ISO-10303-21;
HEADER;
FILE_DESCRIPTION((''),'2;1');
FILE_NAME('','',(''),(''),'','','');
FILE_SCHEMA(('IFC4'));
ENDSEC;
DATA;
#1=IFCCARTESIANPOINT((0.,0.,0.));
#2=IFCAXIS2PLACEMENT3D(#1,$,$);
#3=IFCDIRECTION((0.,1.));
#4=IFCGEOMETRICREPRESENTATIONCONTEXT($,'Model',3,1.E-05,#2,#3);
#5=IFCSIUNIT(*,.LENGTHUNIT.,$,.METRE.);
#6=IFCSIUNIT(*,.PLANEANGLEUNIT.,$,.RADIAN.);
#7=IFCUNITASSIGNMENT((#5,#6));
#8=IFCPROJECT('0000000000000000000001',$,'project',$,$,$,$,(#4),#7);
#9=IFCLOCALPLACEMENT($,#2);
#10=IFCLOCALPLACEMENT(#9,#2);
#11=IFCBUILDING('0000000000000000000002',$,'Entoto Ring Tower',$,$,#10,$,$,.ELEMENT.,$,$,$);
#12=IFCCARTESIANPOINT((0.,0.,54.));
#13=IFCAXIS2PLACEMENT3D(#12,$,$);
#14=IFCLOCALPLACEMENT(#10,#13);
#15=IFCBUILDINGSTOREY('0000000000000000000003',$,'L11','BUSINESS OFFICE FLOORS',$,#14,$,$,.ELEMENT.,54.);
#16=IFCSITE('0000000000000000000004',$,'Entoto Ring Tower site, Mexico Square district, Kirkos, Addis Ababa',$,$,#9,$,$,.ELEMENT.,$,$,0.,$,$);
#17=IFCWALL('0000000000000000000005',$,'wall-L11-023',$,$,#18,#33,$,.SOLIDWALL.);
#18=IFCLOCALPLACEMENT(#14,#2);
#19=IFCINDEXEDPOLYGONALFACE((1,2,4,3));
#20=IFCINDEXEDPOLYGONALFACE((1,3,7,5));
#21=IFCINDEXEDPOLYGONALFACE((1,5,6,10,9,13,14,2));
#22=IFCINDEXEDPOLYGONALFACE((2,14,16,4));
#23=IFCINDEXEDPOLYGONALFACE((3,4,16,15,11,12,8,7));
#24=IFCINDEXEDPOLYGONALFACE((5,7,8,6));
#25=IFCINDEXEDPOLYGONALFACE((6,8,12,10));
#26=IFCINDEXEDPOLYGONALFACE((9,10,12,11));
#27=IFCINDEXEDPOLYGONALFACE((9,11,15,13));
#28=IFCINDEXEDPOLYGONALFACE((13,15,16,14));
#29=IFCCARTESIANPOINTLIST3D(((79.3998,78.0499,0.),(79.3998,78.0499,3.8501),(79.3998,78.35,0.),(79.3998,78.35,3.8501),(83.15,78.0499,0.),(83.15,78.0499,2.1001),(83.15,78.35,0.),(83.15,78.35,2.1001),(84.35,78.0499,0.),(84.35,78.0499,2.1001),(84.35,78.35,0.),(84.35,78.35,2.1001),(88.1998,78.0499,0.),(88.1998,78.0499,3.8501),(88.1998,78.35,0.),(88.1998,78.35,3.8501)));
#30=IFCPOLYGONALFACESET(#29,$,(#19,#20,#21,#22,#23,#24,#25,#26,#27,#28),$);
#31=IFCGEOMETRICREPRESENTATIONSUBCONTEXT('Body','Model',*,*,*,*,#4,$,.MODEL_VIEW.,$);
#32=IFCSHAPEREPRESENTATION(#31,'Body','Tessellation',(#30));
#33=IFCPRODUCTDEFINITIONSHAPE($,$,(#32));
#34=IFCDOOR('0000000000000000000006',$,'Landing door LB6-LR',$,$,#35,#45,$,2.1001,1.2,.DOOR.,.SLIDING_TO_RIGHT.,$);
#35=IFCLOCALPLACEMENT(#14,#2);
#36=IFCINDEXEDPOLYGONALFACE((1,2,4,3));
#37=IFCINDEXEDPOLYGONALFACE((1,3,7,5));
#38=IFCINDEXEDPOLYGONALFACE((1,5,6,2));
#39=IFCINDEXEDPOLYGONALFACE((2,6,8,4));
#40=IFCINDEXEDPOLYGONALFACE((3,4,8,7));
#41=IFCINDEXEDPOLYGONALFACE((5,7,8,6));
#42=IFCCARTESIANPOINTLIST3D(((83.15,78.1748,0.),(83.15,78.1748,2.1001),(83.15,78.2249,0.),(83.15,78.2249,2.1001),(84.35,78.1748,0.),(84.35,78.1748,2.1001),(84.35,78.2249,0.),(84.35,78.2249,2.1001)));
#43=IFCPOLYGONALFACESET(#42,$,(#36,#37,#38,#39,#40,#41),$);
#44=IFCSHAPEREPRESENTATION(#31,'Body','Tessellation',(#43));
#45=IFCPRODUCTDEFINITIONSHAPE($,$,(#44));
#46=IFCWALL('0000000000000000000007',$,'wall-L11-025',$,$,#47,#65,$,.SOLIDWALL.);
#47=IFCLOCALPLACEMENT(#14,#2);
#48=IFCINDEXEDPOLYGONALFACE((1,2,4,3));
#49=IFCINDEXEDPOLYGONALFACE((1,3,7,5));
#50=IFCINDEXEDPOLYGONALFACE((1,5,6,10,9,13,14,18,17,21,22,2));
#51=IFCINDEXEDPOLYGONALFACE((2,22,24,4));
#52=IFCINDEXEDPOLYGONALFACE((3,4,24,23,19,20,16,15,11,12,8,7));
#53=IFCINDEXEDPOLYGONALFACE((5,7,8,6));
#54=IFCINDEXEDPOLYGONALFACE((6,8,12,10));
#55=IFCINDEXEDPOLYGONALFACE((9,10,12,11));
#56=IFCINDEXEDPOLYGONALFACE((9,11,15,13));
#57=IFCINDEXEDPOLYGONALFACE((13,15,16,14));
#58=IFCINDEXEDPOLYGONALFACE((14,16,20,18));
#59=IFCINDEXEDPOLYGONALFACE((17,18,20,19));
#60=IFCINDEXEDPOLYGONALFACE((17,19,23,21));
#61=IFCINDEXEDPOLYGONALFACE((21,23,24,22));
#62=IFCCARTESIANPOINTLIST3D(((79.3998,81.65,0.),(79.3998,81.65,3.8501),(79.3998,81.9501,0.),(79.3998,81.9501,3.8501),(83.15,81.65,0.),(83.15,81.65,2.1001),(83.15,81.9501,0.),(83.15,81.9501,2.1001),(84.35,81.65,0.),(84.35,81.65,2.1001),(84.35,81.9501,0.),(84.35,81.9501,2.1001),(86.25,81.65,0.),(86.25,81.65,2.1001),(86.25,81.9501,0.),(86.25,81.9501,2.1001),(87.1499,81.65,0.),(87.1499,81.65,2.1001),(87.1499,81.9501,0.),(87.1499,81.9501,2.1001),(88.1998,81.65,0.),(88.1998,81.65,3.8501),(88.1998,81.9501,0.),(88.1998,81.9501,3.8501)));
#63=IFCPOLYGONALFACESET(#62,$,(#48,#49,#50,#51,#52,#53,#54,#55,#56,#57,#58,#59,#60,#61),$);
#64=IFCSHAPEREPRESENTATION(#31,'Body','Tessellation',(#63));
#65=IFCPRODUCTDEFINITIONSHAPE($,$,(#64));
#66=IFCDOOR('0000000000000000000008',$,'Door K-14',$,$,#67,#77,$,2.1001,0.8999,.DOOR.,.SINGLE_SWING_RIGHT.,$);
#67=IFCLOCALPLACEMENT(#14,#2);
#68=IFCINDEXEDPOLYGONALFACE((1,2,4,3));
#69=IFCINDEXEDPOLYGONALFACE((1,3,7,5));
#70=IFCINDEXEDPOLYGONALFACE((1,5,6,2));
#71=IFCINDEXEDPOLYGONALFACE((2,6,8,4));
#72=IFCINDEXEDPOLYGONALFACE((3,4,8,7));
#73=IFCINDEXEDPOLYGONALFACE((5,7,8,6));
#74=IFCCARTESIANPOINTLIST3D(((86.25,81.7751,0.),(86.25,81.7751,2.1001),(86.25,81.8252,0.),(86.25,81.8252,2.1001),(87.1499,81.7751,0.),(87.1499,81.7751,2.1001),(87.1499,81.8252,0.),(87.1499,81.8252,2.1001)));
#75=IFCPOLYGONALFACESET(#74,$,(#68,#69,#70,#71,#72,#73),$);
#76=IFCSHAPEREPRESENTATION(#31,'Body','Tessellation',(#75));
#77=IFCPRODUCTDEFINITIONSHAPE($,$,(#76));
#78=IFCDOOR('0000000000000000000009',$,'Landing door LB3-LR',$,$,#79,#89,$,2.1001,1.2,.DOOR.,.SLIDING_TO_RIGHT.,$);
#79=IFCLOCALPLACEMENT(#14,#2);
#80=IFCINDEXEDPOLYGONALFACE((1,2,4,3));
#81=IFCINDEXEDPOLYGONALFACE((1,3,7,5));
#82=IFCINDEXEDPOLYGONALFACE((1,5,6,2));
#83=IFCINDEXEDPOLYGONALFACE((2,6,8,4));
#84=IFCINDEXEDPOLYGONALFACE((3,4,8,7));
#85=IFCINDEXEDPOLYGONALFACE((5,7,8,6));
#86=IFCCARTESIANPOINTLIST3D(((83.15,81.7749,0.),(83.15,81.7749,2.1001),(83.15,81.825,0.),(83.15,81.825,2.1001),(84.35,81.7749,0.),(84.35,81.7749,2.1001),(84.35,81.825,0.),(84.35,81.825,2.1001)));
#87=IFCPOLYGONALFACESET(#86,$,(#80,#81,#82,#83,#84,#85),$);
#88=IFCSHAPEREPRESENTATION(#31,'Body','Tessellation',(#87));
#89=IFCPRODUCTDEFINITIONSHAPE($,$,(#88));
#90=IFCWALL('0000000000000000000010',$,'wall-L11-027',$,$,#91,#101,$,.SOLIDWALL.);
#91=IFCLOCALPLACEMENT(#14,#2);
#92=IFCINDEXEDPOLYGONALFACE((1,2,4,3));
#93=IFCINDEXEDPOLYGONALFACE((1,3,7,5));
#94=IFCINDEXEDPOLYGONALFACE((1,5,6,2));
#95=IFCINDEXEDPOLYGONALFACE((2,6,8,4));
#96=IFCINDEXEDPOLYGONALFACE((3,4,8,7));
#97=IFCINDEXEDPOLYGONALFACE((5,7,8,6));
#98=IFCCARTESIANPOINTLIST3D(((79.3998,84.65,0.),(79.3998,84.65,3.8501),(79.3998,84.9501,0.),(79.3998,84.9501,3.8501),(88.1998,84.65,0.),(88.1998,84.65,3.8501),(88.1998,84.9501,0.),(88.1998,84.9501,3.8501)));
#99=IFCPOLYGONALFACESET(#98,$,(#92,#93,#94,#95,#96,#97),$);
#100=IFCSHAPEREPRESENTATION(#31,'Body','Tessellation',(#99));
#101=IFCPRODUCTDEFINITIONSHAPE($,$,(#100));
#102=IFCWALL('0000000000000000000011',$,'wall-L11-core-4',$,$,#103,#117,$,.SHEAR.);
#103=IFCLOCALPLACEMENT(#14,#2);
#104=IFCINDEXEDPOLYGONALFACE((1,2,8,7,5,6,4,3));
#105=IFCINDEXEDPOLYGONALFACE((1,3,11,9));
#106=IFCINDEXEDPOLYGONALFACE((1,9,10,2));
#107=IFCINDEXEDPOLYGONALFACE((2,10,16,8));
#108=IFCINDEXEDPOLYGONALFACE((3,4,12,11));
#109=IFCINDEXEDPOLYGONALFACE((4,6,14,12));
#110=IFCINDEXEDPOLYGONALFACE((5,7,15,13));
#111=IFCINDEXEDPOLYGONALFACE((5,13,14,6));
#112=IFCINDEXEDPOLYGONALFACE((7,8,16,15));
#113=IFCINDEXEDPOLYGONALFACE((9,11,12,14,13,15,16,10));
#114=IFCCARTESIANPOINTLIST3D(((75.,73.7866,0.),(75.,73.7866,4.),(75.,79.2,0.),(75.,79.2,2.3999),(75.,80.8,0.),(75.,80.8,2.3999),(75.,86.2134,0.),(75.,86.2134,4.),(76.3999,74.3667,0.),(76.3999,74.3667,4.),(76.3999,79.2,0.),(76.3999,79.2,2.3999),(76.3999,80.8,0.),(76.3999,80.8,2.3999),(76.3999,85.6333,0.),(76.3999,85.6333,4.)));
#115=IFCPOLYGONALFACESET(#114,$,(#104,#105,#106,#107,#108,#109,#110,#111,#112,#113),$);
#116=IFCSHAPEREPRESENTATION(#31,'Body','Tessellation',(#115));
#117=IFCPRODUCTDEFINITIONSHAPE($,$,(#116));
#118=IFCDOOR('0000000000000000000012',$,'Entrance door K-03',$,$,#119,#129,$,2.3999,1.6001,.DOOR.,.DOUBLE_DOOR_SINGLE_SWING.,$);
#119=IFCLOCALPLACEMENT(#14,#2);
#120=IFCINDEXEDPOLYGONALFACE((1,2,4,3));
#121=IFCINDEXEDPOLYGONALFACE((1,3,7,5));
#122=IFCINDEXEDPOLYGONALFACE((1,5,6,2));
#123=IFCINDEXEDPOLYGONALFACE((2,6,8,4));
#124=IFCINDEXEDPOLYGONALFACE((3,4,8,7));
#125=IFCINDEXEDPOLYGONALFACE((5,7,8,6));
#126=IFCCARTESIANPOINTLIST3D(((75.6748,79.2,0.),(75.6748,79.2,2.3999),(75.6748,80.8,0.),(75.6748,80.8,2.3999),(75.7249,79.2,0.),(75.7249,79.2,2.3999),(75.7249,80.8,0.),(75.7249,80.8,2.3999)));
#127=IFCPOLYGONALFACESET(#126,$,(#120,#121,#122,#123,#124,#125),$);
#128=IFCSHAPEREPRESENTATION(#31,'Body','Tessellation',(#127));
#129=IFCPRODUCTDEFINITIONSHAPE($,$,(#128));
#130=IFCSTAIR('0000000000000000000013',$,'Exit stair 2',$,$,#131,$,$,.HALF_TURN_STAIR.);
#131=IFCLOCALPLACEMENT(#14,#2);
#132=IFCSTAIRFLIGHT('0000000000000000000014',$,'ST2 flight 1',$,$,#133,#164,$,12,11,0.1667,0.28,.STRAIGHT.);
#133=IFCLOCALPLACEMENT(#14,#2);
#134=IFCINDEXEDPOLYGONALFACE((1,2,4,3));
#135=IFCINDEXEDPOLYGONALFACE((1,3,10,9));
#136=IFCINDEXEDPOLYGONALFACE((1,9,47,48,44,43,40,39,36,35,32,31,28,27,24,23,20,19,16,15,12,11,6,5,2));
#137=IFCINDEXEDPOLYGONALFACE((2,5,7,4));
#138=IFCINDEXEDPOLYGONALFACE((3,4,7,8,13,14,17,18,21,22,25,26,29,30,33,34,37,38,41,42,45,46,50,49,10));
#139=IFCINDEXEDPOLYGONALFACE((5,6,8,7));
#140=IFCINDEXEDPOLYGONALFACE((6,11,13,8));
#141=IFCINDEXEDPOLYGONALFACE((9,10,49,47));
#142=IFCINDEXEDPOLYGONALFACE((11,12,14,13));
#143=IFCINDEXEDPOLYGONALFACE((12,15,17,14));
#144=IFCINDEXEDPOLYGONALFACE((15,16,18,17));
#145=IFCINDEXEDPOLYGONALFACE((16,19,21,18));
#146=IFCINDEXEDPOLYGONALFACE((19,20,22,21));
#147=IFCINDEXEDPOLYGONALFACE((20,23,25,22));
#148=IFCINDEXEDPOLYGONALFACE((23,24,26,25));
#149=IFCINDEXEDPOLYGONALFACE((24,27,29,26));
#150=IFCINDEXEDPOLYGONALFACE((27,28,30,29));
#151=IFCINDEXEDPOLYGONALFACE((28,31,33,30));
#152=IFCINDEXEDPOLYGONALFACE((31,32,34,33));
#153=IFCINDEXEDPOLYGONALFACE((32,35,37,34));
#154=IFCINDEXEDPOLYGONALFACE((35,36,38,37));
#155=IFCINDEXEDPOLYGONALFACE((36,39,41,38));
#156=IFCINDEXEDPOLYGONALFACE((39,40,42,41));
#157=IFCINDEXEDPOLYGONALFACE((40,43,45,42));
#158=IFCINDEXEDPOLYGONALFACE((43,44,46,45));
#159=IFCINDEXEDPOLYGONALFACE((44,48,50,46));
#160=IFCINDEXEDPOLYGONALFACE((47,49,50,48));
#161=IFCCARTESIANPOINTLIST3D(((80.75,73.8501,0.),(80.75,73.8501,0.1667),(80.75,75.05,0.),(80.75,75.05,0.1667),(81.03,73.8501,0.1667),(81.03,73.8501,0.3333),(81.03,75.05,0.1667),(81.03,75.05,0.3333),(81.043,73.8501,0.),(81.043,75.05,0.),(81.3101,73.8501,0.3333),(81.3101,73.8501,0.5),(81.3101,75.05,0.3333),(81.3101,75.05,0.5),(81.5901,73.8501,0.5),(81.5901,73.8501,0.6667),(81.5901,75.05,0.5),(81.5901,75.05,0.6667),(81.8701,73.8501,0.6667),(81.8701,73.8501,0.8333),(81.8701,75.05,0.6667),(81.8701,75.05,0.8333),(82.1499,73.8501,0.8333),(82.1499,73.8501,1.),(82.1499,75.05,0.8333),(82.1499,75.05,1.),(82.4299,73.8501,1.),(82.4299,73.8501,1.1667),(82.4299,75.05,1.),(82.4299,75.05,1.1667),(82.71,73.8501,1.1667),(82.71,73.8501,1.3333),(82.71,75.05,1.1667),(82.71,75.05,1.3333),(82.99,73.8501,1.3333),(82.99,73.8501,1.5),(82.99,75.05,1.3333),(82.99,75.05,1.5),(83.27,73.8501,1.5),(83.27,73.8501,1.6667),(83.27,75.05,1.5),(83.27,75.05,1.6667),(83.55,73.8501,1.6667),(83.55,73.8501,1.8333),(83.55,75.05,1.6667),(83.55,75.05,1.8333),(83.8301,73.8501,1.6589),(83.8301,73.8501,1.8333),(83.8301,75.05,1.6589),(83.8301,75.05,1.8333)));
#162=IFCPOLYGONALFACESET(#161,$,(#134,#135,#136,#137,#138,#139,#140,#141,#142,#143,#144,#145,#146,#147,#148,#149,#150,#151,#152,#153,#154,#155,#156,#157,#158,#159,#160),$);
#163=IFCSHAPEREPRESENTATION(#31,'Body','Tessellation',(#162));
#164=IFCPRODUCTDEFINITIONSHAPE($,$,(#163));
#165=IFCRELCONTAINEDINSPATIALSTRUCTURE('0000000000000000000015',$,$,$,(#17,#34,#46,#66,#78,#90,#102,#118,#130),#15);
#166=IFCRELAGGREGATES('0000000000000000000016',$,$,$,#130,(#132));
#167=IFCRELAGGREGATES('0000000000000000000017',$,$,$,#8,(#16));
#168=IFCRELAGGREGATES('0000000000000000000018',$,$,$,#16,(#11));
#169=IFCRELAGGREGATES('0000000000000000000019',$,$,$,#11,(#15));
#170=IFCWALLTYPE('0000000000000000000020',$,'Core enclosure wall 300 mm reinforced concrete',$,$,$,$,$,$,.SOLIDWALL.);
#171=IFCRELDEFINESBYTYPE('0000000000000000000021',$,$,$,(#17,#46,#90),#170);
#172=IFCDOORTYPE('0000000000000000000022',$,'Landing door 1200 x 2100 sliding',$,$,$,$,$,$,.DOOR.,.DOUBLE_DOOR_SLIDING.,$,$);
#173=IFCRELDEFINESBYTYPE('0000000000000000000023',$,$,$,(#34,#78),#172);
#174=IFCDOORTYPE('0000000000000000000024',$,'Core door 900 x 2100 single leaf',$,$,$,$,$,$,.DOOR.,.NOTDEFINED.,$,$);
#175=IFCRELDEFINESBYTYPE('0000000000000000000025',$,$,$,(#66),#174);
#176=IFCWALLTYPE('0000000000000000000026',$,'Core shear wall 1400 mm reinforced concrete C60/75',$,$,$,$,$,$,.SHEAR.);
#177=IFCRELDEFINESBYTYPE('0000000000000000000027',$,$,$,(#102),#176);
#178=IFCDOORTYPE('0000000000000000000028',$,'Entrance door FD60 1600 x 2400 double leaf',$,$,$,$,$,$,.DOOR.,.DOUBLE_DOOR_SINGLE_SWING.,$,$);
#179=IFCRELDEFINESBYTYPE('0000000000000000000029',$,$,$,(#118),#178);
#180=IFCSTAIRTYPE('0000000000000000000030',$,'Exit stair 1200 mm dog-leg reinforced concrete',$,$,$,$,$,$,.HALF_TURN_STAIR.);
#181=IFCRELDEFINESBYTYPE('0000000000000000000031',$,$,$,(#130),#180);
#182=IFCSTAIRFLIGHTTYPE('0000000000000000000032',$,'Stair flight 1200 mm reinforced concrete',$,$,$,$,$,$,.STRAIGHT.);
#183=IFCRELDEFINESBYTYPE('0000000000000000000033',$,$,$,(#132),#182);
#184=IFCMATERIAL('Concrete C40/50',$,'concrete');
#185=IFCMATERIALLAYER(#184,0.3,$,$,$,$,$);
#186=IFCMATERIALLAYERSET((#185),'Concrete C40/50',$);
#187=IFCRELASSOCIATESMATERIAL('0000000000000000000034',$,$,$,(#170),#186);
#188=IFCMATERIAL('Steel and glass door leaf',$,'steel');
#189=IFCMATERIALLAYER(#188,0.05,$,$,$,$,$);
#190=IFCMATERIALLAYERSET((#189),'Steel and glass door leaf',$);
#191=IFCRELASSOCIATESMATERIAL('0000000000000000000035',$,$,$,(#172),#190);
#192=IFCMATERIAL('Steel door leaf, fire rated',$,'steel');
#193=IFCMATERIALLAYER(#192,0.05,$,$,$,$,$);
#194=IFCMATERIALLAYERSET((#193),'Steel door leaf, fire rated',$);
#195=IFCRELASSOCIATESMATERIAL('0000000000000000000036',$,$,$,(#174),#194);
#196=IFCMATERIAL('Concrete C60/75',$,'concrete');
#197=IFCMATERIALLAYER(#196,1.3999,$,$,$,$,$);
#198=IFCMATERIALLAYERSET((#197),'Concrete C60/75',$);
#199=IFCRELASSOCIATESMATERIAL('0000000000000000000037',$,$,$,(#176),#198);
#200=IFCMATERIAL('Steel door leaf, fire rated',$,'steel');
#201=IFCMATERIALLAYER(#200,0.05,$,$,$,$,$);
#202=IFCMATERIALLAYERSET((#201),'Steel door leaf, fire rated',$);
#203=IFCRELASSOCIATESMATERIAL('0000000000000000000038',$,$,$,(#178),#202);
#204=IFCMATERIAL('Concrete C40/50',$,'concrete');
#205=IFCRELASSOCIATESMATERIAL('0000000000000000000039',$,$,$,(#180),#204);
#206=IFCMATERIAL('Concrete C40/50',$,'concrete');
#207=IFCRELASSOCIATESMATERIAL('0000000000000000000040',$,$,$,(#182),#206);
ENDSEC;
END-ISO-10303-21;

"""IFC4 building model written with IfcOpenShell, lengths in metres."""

from ifc_helpers import new_model, si_unit, direction, frame, frame_2d, origin, place, context, subcontext, project, spatial, polyline, rectangle, outline, extrude, material, layer, layer_set, type_object, element, fill, aggregate, save


model = new_model("IFC4")

# Units and contexts
model_context = context("Model", 3, precision=1e-05, world=origin(), true_north=direction((0.0, 1.0)))
body_context = subcontext(model_context, "Body", "Model", "MODEL_VIEW")
ifc_project = project(units=[si_unit("LENGTHUNIT", "METRE"), si_unit("PLANEANGLEUNIT", "RADIAN")], contexts=[model_context])

# Site, building, storey
site_placement = place(None, origin())
site = spatial("IfcSite", under=ifc_project, at=site_placement, Name="Entoto Ring Tower site, Mexico Square district, Kirkos, Addis Ababa", CompositionType="ELEMENT", RefElevation=0.0)
building_placement = place(site_placement, origin())
building = spatial("IfcBuilding", under=site, at=building_placement, Name="Entoto Ring Tower", CompositionType="ELEMENT")
storey_placement = place(building_placement, frame((0.0, 0.0, 54.0)))
storey = spatial("IfcBuildingStorey", under=building, at=storey_placement, Name="L11", Description="BUSINESS OFFICE FLOORS", CompositionType="ELEMENT", Elevation=54.0)

# Shared definitions
ifc_material_1 = material(Name="Concrete C40/50", Category="concrete")
ifc_layer_1 = layer(ifc_material_1, 0.3)
ifc_layer_set_1 = layer_set([ifc_layer_1], Name="Concrete C40/50")
wall_type_1 = type_object("IfcWallType", Name="Core enclosure wall 300 mm reinforced concrete", PredefinedType="SOLIDWALL", material=ifc_layer_set_1)

# Wall, opening, door
wall_1_placement = place(storey_placement, frame((79.3999, 78.2, 0.0), z_axis=(0.0, 0.0, 1.0), x_axis=(1.0, 0.0, 0.0)))
wall_1 = element("IfcWall", 1, at=wall_1_placement, inside=storey, type_object=wall_type_1, Name="wall-L11-023", PredefinedType="SOLIDWALL", context=body_context, shape_type="SweptSolid", body=[
    extrude(rectangle(XDim=8.8, YDim=0.3, at=frame_2d((4.3999, 0.0))), origin(), (0.0, 0.0, 1.0), 3.8501),
])
opening_1_placement = place(wall_1_placement, frame((3.75, 0.0, 0.0)))
opening_1 = element("IfcOpeningElement", 2, at=opening_1_placement, cuts=wall_1, PredefinedType="OPENING", context=body_context, shape_type="SweptSolid", body=[
    extrude(rectangle(XDim=1.2, YDim=2.1001, at=frame_2d((0.6001, 1.05))), frame((0.0, 0.1602, 0.0), z_axis=(0.0, -1.0, 0.0), x_axis=(1.0, 0.0, 0.0)), (0.0, 0.0, 1.0), 0.3201),
])
ifc_material_2 = material(Name="Steel and glass door leaf", Category="steel")
ifc_layer_2 = layer(ifc_material_2, 0.05)
ifc_layer_set_2 = layer_set([ifc_layer_2], Name="Steel and glass door leaf")
door_type_1 = type_object("IfcDoorType", Name="Landing door 1200 x 2100 sliding", OperationType="DOUBLE_DOOR_SLIDING", PredefinedType="DOOR", material=ifc_layer_set_2)
door_1_placement = place(opening_1_placement, origin())
door_1 = element("IfcDoor", 3, at=door_1_placement, inside=storey, type_object=door_type_1, Name="Landing door LB6-LR", OperationType="SLIDING_TO_RIGHT", OverallHeight=2.1001, OverallWidth=1.2, PredefinedType="DOOR", context=body_context, shape_type="SweptSolid", body=[
    extrude(rectangle(XDim=1.2, YDim=2.1001, at=frame_2d((0.6001, 1.05))), frame((0.0, 0.0249, 0.0), z_axis=(0.0, -1.0, 0.0), x_axis=(1.0, 0.0, 0.0)), (0.0, 0.0, 1.0), 0.05),
])
fill(opening_1, door_1)

# Wall, openings, doors
wall_2_placement = place(storey_placement, frame((79.3999, 81.8, 0.0), z_axis=(0.0, 0.0, 1.0), x_axis=(1.0, 0.0, 0.0)))
wall_2 = element("IfcWall", 4, at=wall_2_placement, inside=storey, type_object=wall_type_1, Name="wall-L11-025", PredefinedType="SOLIDWALL", context=body_context, shape_type="SweptSolid", body=[
    extrude(rectangle(XDim=8.8, YDim=0.3, at=frame_2d((4.3999, 0.0))), origin(), (0.0, 0.0, 1.0), 3.8501),
])
opening_2_placement = place(wall_2_placement, frame((3.75, 0.0, 0.0)))
opening_2 = element("IfcOpeningElement", 5, at=opening_2_placement, cuts=wall_2, PredefinedType="OPENING", context=body_context, shape_type="SweptSolid", body=[
    extrude(rectangle(XDim=1.2, YDim=2.1001, at=frame_2d((0.6001, 1.05))), frame((0.0, 0.1602, 0.0), z_axis=(0.0, -1.0, 0.0), x_axis=(1.0, 0.0, 0.0)), (0.0, 0.0, 1.0), 0.3201),
])
opening_3_placement = place(wall_2_placement, frame((6.8501, 0.0, 0.0)))
opening_3 = element("IfcOpeningElement", 6, at=opening_3_placement, cuts=wall_2, PredefinedType="OPENING", context=body_context, shape_type="SweptSolid", body=[
    extrude(rectangle(XDim=0.8999, YDim=2.1001, at=frame_2d((0.45, 1.05))), frame((0.0, 0.1602, 0.0), z_axis=(0.0, -1.0, 0.0), x_axis=(1.0, 0.0, 0.0)), (0.0, 0.0, 1.0), 0.3201),
])
ifc_material_3 = material(Name="Steel door leaf, fire rated", Category="steel")
ifc_layer_3 = layer(ifc_material_3, 0.05)
ifc_layer_set_3 = layer_set([ifc_layer_3], Name="Steel door leaf, fire rated")
door_type_2 = type_object("IfcDoorType", Name="Core door 900 x 2100 single leaf", OperationType="NOTDEFINED", PredefinedType="DOOR", material=ifc_layer_set_3)
door_2_placement = place(opening_3_placement, frame((0.8999, 0.0, 0.0), z_axis=(0.0, 0.0, 1.0), x_axis=(-1.0, 0.0, 0.0)))
door_2 = element("IfcDoor", 7, at=door_2_placement, inside=storey, type_object=door_type_2, Name="Door K-14", OperationType="SINGLE_SWING_RIGHT", OverallHeight=2.1001, OverallWidth=0.8999, PredefinedType="DOOR", context=body_context, shape_type="SweptSolid", body=[
    extrude(rectangle(XDim=0.8999, YDim=2.1001, at=frame_2d((0.45, 1.05))), frame((0.0, 0.0249, 0.0), z_axis=(0.0, -1.0, 0.0), x_axis=(1.0, 0.0, 0.0)), (0.0, 0.0, 1.0), 0.05),
])
fill(opening_3, door_2)
door_3_placement = place(opening_2_placement, origin())
door_3 = element("IfcDoor", 8, at=door_3_placement, inside=storey, type_object=door_type_1, Name="Landing door LB3-LR", OperationType="SLIDING_TO_RIGHT", OverallHeight=2.1001, OverallWidth=1.2, PredefinedType="DOOR", context=body_context, shape_type="SweptSolid", body=[
    extrude(rectangle(XDim=1.2, YDim=2.1001, at=frame_2d((0.6001, 1.05))), frame((0.0, 0.0249, 0.0), z_axis=(0.0, -1.0, 0.0), x_axis=(1.0, 0.0, 0.0)), (0.0, 0.0, 1.0), 0.05),
])
fill(opening_2, door_3)

# Wall
wall_3_placement = place(storey_placement, frame((79.3999, 84.8, 0.0), z_axis=(0.0, 0.0, 1.0), x_axis=(1.0, 0.0, 0.0)))
element("IfcWall", 9, at=wall_3_placement, inside=storey, type_object=wall_type_1, Name="wall-L11-027", PredefinedType="SOLIDWALL", context=body_context, shape_type="SweptSolid", body=[
    extrude(rectangle(XDim=8.8, YDim=0.3, at=frame_2d((4.3999, 0.0))), origin(), (0.0, 0.0, 1.0), 3.8501),
])

# Wall, opening, door
ifc_material_4 = material(Name="Concrete C60/75", Category="concrete")
ifc_layer_4 = layer(ifc_material_4, 1.3999)
ifc_layer_set_4 = layer_set([ifc_layer_4], Name="Concrete C60/75")
wall_type_2 = type_object("IfcWallType", Name="Core shear wall 1400 mm reinforced concrete C60/75", PredefinedType="SHEAR", material=ifc_layer_set_4)
wall_4_placement = place(storey_placement, frame((75.7, 85.9233, 0.0), z_axis=(0.0, 0.0, 1.0), x_axis=(0.0, -1.0, 0.0)))
wall_4 = element("IfcWall", 10, at=wall_4_placement, inside=storey, type_object=wall_type_2, Name="wall-L11-core-4", PredefinedType="SHEAR", context=body_context, shape_type="SweptSolid", body=[
    extrude(outline(polyline([(-0.29, -0.7), (12.1367, -0.7), (11.5566, 0.7), (0.29, 0.7), (-0.29, -0.7)])), origin(), (0.0, 0.0, 1.0), 4.0),
])
opening_4_placement = place(wall_4_placement, frame((5.1233, 0.0, 0.0)))
opening_4 = element("IfcOpeningElement", 11, at=opening_4_placement, cuts=wall_4, PredefinedType="OPENING", context=body_context, shape_type="SweptSolid", body=[
    extrude(rectangle(XDim=1.6001, YDim=2.3999, at=frame_2d((0.8, 1.2))), frame((0.0, 0.71, 0.0), z_axis=(0.0, -1.0, 0.0), x_axis=(1.0, 0.0, 0.0)), (0.0, 0.0, 1.0), 1.4199),
])
ifc_material_5 = material(Name="Steel door leaf, fire rated", Category="steel")
ifc_layer_5 = layer(ifc_material_5, 0.05)
ifc_layer_set_5 = layer_set([ifc_layer_5], Name="Steel door leaf, fire rated")
door_type_3 = type_object("IfcDoorType", Name="Entrance door FD60 1600 x 2400 double leaf", OperationType="DOUBLE_DOOR_SINGLE_SWING", PredefinedType="DOOR", material=ifc_layer_set_5)
door_4_placement = place(opening_4_placement, origin())
door_4 = element("IfcDoor", 12, at=door_4_placement, inside=storey, type_object=door_type_3, Name="Entrance door K-03", OperationType="DOUBLE_DOOR_SINGLE_SWING", OverallHeight=2.3999, OverallWidth=1.6001, PredefinedType="DOOR", context=body_context, shape_type="SweptSolid", body=[
    extrude(rectangle(XDim=1.6001, YDim=2.3999, at=frame_2d((0.8, 1.2))), frame((0.0, 0.0249, 0.0), z_axis=(0.0, -1.0, 0.0), x_axis=(1.0, 0.0, 0.0)), (0.0, 0.0, 1.0), 0.05),
])
fill(opening_4, door_4)

# Stair, stair flight
ifc_material_6 = material(Name="Concrete C40/50", Category="concrete")
stair_type = type_object("IfcStairType", Name="Exit stair 1200 mm dog-leg reinforced concrete", PredefinedType="HALF_TURN_STAIR", material=ifc_material_6)
stair_placement = place(storey_placement, origin())
stair = element("IfcStair", 13, at=stair_placement, inside=storey, type_object=stair_type, Name="Exit stair 2", PredefinedType="HALF_TURN_STAIR")
ifc_material_7 = material(Name="Concrete C40/50", Category="concrete")
stair_flight_type = type_object("IfcStairFlightType", Name="Stair flight 1200 mm reinforced concrete", PredefinedType="STRAIGHT", material=ifc_material_7)
stair_flight_placement = place(storey_placement, frame((80.75, 74.45, 0.0), z_axis=(0.0, 0.0, 1.0), x_axis=(1.0, 0.0, 0.0)))
stair_flight = element("IfcStairFlight", 14, at=stair_flight_placement, type_object=stair_flight_type, Name="ST2 flight 1", NumberOfRisers=12, NumberOfTreads=11, PredefinedType="STRAIGHT", RiserHeight=0.1667, TreadLength=0.28, context=body_context, shape_type="SweptSolid", body=[
    extrude(outline(polyline([(0.0, 0.0), (0.0, 0.1667), (0.28, 0.1667), (0.28, 0.3333), (0.5601, 0.3333), (0.5601, 0.5), (0.8401, 0.5), (0.8401, 0.6667), (1.1201, 0.6667), (1.1201, 0.8333), (1.3999, 0.8333), (1.3999, 1.0), (1.6799, 1.0), (1.6799, 1.1667), (1.96, 1.1667), (1.96, 1.3333), (2.24, 1.3333), (2.24, 1.5), (2.52, 1.5), (2.52, 1.6667), (2.8, 1.6667), (2.8, 1.8333), (3.0801, 1.8333), (3.0801, 2.0), (3.0801, 1.6589), (0.293, 0.0), (0.0, 0.0)])), frame((0.0, 0.6001, 0.0), z_axis=(0.0, -1.0, 0.0), x_axis=(1.0, 0.0, 0.0)), (0.0, 0.0, 1.0), 1.2),
])
aggregate(stair, [stair_flight])

save(model, "model.ifc")
